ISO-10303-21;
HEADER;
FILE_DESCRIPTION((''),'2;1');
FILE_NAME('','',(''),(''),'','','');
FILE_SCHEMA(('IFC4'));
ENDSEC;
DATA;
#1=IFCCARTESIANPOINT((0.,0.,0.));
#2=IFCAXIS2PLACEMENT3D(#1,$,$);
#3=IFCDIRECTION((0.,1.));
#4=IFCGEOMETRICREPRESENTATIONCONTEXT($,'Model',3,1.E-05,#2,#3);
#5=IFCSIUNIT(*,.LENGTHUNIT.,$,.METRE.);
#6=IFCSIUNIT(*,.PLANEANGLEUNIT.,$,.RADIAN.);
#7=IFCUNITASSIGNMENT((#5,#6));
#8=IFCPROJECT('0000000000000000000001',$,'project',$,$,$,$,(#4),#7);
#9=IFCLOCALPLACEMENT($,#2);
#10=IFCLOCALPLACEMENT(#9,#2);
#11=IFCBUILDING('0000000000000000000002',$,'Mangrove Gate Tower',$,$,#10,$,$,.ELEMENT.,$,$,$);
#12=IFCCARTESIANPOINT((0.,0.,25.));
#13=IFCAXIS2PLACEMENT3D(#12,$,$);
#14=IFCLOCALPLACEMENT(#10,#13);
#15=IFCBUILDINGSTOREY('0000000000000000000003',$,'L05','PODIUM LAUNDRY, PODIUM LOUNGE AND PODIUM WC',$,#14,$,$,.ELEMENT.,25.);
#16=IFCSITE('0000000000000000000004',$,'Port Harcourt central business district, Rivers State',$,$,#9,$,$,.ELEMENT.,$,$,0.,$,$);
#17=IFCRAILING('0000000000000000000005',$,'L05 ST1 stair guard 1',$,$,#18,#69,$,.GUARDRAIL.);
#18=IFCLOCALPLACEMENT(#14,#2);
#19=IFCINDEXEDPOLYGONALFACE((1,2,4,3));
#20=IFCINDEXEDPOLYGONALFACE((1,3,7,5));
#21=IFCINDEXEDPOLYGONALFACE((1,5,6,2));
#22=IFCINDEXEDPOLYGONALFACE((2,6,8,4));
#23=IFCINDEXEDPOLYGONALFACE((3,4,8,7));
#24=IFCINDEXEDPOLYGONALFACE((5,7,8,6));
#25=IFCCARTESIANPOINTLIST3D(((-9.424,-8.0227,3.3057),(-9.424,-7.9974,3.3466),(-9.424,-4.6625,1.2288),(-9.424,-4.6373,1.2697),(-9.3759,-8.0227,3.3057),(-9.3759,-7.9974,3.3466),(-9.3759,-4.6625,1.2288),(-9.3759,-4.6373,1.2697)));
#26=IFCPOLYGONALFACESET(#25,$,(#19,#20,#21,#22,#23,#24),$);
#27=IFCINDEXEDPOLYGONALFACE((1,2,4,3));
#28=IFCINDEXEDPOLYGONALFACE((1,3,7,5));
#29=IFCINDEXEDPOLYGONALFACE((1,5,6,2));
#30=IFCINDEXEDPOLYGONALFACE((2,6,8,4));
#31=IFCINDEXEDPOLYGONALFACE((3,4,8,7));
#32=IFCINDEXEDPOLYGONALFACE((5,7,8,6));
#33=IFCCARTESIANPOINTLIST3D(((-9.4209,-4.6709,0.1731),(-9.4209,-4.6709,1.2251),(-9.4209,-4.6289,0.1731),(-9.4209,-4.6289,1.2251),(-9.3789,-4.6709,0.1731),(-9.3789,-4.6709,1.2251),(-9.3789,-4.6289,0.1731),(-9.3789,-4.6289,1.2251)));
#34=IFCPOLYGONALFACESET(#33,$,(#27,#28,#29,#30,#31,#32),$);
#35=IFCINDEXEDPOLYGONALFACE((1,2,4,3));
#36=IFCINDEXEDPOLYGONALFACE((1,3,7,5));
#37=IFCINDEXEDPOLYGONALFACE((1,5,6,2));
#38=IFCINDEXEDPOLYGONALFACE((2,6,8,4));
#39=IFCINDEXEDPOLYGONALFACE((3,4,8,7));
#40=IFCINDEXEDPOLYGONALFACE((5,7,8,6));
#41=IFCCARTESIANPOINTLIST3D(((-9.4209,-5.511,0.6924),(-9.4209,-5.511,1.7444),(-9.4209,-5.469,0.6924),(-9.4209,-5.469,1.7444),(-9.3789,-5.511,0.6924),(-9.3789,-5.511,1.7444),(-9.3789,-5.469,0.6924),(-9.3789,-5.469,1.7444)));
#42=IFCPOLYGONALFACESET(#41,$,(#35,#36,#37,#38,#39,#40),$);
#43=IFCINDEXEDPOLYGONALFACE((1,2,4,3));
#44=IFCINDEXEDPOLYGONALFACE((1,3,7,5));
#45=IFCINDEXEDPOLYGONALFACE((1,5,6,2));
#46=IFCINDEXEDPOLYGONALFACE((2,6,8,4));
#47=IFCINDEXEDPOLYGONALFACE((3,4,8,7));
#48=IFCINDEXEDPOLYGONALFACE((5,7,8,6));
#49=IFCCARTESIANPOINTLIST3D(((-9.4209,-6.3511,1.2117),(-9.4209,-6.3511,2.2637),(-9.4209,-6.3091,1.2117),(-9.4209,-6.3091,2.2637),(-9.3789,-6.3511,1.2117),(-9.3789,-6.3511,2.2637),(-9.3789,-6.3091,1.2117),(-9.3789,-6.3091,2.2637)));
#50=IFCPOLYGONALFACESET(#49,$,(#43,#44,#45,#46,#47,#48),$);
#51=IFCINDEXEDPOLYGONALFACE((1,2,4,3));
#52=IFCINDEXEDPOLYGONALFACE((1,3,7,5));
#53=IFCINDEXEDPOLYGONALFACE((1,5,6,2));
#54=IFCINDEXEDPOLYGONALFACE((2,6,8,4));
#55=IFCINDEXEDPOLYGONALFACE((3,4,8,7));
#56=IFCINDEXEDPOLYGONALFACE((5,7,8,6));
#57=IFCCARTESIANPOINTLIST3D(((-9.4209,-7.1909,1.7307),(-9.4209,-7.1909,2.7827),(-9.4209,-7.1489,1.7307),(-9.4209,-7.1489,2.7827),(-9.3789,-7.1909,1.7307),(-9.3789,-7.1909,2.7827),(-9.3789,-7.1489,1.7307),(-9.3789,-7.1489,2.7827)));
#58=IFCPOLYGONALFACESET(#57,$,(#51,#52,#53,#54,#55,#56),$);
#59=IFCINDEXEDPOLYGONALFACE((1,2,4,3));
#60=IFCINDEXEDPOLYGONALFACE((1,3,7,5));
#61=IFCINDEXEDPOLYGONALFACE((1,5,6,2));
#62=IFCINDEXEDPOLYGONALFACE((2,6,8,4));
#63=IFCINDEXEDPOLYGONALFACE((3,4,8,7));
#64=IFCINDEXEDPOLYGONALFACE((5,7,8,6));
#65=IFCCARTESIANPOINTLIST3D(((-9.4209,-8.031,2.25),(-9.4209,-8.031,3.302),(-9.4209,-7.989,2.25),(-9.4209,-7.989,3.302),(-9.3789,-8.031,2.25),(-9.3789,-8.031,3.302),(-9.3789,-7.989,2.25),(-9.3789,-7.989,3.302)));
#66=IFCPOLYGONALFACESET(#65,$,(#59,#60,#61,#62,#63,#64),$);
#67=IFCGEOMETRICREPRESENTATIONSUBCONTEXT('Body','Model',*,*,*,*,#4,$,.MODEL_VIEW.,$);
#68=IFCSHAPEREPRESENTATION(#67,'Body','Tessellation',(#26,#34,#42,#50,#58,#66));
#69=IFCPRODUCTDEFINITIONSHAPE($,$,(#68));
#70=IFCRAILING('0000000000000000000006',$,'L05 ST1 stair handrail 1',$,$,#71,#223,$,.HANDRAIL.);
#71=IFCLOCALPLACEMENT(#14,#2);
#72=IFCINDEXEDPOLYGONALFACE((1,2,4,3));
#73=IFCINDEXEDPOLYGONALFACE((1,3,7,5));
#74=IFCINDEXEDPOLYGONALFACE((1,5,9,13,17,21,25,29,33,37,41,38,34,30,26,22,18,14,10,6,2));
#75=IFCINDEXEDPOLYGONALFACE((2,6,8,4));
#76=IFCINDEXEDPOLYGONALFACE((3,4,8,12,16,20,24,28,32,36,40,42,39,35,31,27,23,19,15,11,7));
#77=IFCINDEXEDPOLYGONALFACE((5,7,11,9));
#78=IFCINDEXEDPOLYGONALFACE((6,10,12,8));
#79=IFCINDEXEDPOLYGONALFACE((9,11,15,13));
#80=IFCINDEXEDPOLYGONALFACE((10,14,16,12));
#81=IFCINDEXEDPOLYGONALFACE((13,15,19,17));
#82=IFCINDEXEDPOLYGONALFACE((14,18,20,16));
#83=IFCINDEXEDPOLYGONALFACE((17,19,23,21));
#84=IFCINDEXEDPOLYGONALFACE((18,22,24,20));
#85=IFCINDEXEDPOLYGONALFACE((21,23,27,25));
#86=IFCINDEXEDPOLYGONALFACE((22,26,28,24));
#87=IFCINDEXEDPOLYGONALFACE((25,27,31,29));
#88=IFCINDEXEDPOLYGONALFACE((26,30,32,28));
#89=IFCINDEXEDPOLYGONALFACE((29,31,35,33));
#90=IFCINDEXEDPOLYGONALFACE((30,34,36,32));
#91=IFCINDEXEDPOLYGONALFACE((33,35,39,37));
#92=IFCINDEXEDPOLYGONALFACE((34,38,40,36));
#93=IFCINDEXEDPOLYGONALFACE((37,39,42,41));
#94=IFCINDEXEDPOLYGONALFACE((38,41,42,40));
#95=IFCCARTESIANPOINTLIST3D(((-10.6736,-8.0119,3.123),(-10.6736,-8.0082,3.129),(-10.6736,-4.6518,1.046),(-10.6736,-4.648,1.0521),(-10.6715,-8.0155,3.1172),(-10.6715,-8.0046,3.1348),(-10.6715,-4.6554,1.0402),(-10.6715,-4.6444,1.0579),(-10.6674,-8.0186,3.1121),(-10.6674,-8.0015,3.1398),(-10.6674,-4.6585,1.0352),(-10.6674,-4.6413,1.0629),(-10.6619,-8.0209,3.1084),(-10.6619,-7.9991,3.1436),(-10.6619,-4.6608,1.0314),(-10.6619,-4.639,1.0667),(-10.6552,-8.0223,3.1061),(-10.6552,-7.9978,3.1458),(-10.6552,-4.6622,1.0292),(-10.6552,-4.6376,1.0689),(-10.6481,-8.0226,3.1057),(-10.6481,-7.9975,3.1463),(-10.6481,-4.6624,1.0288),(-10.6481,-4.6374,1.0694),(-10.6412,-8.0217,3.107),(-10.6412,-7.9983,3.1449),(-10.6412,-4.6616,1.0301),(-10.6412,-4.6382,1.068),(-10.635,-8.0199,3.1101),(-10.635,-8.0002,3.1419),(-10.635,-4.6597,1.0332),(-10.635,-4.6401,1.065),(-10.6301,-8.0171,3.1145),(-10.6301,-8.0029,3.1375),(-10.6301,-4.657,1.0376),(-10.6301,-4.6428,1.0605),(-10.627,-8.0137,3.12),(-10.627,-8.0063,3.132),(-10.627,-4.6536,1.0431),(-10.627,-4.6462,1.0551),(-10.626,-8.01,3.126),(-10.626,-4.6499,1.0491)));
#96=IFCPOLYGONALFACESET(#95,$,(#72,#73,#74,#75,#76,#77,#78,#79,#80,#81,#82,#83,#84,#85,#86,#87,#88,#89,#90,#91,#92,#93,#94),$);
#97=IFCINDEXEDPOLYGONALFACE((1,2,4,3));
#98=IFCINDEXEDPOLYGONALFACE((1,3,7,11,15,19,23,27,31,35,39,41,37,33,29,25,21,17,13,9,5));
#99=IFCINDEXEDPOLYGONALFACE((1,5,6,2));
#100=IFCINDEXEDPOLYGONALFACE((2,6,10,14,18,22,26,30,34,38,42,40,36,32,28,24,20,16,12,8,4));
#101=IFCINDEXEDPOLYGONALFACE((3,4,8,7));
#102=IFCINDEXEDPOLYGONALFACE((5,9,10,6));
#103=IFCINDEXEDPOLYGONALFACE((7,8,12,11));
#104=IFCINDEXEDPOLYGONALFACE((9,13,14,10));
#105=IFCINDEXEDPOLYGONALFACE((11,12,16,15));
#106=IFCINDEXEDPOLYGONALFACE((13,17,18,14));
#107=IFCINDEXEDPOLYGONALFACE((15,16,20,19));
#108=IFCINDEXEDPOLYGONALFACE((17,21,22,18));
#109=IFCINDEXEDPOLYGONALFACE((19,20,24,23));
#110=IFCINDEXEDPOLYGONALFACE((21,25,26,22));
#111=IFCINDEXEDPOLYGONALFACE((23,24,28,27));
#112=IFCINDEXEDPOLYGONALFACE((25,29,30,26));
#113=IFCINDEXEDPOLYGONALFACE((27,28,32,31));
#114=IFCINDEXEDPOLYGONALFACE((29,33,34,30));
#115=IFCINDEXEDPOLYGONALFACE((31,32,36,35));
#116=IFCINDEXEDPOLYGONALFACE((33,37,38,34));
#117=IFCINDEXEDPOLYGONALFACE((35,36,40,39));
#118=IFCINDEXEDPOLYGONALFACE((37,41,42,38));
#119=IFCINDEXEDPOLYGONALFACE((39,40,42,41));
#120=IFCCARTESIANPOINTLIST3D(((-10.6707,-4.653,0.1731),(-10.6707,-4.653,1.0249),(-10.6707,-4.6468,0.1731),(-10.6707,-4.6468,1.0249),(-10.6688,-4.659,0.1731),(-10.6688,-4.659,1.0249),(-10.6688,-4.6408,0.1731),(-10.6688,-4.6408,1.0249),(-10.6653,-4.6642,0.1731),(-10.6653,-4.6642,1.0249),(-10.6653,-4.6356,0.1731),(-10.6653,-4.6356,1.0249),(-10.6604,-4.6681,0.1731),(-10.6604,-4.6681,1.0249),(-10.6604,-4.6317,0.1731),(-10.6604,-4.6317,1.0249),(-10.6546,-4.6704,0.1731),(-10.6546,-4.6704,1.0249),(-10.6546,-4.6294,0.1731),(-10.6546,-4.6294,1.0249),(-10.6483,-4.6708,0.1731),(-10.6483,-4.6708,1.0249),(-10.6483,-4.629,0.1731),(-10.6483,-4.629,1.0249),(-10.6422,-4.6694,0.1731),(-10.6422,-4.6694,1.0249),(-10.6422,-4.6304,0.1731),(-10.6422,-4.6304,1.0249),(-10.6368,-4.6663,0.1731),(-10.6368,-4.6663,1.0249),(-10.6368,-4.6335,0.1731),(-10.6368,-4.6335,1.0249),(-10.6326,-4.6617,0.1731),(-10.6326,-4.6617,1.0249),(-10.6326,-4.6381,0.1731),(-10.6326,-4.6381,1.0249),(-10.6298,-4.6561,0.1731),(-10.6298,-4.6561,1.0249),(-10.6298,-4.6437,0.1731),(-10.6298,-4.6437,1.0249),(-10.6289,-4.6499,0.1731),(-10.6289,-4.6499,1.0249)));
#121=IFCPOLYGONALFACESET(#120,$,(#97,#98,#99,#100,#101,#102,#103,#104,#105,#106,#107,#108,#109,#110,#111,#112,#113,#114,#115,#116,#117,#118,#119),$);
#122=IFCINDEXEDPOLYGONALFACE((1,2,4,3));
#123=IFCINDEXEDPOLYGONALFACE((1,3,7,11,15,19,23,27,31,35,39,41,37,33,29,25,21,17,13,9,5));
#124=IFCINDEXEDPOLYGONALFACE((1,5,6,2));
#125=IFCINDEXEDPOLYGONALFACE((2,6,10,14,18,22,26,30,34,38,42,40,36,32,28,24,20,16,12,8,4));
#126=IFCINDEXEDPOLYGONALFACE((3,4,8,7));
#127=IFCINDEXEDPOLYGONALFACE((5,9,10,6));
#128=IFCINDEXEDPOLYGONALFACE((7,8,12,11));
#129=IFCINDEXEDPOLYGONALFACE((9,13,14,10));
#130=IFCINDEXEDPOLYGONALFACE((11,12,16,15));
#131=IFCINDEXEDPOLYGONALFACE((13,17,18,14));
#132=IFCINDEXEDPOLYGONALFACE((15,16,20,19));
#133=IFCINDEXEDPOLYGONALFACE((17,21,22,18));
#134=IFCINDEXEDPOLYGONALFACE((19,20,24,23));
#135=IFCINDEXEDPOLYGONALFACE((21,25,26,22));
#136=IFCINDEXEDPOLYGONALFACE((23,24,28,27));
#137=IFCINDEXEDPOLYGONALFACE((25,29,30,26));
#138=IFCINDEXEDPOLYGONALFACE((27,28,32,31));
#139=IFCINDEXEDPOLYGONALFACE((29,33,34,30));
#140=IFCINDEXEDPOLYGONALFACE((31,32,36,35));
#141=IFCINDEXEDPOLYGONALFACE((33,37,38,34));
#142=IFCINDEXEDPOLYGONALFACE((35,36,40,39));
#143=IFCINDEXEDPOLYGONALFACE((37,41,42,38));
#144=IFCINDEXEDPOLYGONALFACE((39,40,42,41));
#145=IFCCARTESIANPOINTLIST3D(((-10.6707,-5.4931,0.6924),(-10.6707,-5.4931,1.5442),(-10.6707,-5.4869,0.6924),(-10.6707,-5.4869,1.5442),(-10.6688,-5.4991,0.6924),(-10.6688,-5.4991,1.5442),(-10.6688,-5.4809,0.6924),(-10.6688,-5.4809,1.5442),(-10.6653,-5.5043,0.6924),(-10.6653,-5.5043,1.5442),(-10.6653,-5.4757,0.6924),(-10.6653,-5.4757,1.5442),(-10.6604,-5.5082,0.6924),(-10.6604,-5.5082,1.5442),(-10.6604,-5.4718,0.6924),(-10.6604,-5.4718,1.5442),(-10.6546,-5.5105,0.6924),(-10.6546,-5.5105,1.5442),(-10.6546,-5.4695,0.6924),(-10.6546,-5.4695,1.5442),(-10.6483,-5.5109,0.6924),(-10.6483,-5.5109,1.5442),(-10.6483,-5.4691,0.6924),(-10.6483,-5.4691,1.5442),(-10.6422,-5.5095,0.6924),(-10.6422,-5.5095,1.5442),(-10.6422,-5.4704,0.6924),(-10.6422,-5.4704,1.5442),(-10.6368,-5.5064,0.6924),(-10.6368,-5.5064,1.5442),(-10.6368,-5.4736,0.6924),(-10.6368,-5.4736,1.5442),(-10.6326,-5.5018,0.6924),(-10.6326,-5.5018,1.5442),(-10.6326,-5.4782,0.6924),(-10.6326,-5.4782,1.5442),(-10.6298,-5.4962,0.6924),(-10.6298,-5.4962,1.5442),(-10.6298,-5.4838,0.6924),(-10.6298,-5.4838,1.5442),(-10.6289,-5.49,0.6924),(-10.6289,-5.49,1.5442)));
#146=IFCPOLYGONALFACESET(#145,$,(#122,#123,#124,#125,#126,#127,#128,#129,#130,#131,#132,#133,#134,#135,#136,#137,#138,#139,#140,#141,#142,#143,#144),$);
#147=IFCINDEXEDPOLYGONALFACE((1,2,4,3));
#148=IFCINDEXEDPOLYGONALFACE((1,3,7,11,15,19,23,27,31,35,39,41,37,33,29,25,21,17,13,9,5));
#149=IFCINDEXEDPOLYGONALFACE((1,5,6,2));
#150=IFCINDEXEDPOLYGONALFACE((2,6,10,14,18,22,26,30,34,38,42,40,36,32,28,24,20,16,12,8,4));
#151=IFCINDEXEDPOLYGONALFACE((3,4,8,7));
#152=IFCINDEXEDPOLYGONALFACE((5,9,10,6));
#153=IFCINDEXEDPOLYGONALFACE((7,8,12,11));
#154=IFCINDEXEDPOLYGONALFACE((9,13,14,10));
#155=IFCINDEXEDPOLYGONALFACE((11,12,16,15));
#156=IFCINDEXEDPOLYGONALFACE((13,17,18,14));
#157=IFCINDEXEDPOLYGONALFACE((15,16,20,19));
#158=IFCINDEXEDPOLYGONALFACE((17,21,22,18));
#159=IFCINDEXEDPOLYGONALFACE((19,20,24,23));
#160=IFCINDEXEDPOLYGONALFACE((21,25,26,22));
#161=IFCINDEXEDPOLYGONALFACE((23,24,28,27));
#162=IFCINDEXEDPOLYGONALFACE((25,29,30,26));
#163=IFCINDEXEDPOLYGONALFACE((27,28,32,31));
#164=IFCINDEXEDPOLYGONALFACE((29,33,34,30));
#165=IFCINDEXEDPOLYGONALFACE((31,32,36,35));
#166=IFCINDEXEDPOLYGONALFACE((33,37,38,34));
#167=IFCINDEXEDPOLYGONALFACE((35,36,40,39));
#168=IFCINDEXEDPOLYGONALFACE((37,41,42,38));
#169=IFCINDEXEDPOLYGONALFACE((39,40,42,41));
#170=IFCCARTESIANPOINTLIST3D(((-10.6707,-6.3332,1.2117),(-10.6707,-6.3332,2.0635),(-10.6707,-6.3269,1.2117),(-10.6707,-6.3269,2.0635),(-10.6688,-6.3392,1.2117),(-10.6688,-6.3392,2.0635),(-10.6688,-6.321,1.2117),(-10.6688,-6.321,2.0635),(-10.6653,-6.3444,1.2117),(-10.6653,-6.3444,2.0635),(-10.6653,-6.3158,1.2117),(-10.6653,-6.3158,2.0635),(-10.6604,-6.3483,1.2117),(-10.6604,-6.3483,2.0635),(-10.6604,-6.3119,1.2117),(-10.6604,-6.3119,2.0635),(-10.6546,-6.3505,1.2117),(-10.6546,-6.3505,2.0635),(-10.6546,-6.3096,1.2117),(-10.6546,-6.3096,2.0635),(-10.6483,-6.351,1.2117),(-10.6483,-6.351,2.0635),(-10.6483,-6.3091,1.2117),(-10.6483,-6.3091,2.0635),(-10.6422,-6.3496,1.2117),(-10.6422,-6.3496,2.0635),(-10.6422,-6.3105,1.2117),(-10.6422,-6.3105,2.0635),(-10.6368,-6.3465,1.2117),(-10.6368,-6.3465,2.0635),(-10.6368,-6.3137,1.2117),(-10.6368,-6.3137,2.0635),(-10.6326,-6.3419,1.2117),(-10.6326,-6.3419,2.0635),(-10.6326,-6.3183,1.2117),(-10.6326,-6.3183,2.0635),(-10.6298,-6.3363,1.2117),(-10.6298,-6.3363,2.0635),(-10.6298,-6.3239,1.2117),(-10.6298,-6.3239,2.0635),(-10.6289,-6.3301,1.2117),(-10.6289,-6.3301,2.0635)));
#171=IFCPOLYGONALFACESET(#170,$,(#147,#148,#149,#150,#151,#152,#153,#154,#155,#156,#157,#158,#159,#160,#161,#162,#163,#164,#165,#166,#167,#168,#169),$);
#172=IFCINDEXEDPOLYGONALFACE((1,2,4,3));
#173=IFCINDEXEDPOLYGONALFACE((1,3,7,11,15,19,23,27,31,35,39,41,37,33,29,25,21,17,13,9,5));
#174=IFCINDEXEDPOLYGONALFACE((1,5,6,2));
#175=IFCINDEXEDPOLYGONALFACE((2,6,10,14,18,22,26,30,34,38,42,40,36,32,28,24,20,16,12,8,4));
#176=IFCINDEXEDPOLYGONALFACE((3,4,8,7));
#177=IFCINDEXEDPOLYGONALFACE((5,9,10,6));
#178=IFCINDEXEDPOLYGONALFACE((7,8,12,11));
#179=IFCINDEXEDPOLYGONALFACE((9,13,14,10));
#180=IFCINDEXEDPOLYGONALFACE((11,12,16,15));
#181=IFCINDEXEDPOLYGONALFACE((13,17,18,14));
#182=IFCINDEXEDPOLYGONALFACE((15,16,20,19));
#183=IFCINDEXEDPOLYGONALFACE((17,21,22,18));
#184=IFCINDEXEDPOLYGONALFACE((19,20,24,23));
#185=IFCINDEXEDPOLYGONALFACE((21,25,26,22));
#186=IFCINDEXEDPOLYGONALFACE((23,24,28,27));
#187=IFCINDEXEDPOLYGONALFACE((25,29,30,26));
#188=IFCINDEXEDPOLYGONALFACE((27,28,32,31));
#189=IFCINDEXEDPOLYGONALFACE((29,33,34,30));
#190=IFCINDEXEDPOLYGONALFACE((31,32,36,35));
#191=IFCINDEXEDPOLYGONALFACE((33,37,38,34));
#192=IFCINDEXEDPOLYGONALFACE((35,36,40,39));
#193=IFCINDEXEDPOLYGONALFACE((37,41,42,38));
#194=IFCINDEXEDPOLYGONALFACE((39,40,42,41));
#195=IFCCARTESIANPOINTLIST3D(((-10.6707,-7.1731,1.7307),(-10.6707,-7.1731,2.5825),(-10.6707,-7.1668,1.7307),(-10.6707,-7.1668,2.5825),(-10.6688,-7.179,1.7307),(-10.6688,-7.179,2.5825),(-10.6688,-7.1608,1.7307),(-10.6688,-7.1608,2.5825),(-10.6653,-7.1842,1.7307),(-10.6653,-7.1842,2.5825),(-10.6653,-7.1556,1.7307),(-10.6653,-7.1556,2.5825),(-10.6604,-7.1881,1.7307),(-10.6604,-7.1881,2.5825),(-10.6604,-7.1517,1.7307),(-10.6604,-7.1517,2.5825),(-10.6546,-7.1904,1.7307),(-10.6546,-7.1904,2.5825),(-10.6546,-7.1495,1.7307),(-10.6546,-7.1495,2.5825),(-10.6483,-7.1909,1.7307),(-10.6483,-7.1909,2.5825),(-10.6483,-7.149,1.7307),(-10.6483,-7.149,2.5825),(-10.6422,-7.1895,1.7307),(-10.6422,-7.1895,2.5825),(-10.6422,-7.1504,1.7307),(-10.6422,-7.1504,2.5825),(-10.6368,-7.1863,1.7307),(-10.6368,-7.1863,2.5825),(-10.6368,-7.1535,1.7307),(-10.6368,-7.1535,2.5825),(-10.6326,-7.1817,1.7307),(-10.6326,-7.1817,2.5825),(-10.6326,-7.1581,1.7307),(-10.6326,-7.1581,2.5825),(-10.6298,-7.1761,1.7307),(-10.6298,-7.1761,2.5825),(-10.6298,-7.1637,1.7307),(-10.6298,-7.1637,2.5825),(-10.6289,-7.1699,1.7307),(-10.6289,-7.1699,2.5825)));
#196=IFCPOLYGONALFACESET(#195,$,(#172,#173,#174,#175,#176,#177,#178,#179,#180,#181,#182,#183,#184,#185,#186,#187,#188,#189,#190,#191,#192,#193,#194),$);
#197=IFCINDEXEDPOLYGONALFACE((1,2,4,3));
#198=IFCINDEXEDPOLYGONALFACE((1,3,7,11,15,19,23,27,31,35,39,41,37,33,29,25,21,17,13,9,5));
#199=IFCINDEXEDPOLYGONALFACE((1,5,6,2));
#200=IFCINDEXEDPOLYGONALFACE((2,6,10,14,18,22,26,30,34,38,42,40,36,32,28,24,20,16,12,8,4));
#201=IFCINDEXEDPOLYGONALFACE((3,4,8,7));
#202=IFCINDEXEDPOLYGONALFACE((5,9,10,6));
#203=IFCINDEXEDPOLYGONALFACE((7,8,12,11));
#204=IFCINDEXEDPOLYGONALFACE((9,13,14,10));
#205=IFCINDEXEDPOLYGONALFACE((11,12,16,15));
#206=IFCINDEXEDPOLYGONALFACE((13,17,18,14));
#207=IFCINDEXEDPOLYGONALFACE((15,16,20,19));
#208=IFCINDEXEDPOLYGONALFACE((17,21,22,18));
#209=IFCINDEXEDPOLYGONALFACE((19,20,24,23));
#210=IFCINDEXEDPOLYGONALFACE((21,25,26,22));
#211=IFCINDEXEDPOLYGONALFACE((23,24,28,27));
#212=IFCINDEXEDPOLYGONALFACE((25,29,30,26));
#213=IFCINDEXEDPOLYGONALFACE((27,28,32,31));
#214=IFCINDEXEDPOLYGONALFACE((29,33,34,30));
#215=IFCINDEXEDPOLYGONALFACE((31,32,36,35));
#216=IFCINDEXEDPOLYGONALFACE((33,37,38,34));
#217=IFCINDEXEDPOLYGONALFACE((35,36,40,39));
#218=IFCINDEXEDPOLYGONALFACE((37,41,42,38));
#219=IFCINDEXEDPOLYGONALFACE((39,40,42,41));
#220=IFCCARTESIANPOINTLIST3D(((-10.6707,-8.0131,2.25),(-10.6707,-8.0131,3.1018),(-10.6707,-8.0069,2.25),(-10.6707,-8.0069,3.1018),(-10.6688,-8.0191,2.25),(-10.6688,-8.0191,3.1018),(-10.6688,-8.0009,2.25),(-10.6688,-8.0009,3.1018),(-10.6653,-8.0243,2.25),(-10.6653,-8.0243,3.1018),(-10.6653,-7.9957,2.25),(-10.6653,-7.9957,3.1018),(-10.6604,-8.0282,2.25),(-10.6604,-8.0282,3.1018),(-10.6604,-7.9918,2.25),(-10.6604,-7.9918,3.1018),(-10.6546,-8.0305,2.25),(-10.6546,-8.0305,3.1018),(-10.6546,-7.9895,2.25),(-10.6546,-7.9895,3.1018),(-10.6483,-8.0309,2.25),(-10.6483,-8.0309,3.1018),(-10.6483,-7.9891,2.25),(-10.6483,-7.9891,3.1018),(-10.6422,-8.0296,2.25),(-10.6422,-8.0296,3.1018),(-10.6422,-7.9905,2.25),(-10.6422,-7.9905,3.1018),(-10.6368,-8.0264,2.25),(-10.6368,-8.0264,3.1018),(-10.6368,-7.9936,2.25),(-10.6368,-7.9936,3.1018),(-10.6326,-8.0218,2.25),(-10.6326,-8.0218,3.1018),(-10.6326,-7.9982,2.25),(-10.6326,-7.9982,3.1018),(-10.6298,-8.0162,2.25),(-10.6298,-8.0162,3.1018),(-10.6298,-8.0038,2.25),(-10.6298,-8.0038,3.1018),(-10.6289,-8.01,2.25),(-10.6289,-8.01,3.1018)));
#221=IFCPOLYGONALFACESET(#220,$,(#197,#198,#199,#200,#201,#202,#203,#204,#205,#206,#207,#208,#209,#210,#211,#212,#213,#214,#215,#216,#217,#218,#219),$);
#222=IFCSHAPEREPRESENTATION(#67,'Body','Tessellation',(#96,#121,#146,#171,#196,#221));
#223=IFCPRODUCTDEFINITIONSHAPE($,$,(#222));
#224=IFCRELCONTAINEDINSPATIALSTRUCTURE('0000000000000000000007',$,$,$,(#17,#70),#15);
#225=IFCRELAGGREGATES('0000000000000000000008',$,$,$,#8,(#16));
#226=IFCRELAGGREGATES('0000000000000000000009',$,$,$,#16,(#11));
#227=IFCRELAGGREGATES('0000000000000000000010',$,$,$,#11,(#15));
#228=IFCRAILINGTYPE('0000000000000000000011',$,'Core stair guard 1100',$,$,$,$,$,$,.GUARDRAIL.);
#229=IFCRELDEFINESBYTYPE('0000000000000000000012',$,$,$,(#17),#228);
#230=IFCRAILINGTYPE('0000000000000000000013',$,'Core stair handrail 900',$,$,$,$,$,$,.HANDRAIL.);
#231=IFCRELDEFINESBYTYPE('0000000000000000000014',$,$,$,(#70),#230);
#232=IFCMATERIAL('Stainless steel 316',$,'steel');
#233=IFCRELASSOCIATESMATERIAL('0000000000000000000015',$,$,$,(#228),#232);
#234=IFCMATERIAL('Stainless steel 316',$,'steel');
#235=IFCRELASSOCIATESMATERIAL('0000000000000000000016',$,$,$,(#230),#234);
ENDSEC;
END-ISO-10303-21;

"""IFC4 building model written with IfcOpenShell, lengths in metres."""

from ifc_helpers import new_model, si_unit, direction, frame, origin, origin_2d, place, context, subcontext, project, spatial, rectangle, circle, extrude, material, type_object, element, save


model = new_model("IFC4")

# Units and contexts
model_context = context("Model", 3, precision=1e-05, world=origin(), true_north=direction((0.0, 1.0)))
body_context = subcontext(model_context, "Body", "Model", "MODEL_VIEW")
ifc_project = project(units=[si_unit("LENGTHUNIT", "METRE"), si_unit("PLANEANGLEUNIT", "RADIAN")], contexts=[model_context])

# Site, building, storey
site_placement = place(None, origin())
site = spatial("IfcSite", under=ifc_project, at=site_placement, Name="Port Harcourt central business district, Rivers State", CompositionType="ELEMENT", RefElevation=0.0)
building_placement = place(site_placement, origin())
building = spatial("IfcBuilding", under=site, at=building_placement, Name="Mangrove Gate Tower", CompositionType="ELEMENT")
storey_placement = place(building_placement, frame((0.0, 0.0, 25.0)))
storey = spatial("IfcBuildingStorey", under=building, at=storey_placement, Name="L05", Description="PODIUM LAUNDRY, PODIUM LOUNGE AND PODIUM WC", CompositionType="ELEMENT", Elevation=25.0)

# Railings
ifc_material_1 = material(Name="Stainless steel 316", Category="steel")
railing_type_1 = type_object("IfcRailingType", Name="Core stair guard 1100", PredefinedType="GUARDRAIL", material=ifc_material_1)
railing_1_placement = place(storey_placement, frame((-9.3999, -4.6499, 0.1731)))
element("IfcRailing", 1, at=railing_1_placement, inside=storey, type_object=railing_type_1, Name="L05 ST1 stair guard 1", PredefinedType="GUARDRAIL", context=body_context, shape_type="SweptSolid", body=[
    extrude(rectangle(XDim=0.0481, YDim=0.0481, at=origin_2d()), frame((0.0, 0.0, 1.0762), z_axis=(0.0, -0.850623, 0.525776), x_axis=(1.0, 0.0, 0.0)), (0.0, 0.0, 1.0), 3.9502),
    extrude(rectangle(XDim=0.042, YDim=0.042, at=origin_2d()), origin(), (0.0, 0.0, 1.0), 1.052),
    extrude(rectangle(XDim=0.042, YDim=0.042, at=origin_2d()), frame((0.0, -0.8401, 0.5193)), (0.0, 0.0, 1.0), 1.052),
    extrude(rectangle(XDim=0.042, YDim=0.042, at=origin_2d()), frame((0.0, -1.6802, 1.0386)), (0.0, 0.0, 1.0), 1.052),
    extrude(rectangle(XDim=0.042, YDim=0.042, at=origin_2d()), frame((0.0, -2.52, 1.5576)), (0.0, 0.0, 1.0), 1.052),
    extrude(rectangle(XDim=0.042, YDim=0.042, at=origin_2d()), frame((0.0, -3.3601, 2.0769)), (0.0, 0.0, 1.0), 1.052),
])
ifc_material_2 = material(Name="Stainless steel 316", Category="steel")
railing_type_2 = type_object("IfcRailingType", Name="Core stair handrail 900", PredefinedType="HANDRAIL", material=ifc_material_2)
railing_2_placement = place(storey_placement, frame((-10.6499, -4.6499, 0.1731)))
element("IfcRailing", 2, at=railing_2_placement, inside=storey, type_object=railing_type_2, Name="L05 ST1 stair handrail 1", PredefinedType="HANDRAIL", context=body_context, shape_type="SweptSolid", body=[
    extrude(circle(Radius=0.0239, at=origin_2d()), frame((0.0, 0.0, 0.876), z_axis=(0.0, -0.850623, 0.525776), x_axis=(1.0, 0.0, 0.0)), (0.0, 0.0, 1.0), 3.9502),
    extrude(circle(Radius=0.021, at=origin_2d()), origin(), (0.0, 0.0, 1.0), 0.8518),
    extrude(circle(Radius=0.021, at=origin_2d()), frame((0.0, -0.8401, 0.5193)), (0.0, 0.0, 1.0), 0.8518),
    extrude(circle(Radius=0.021, at=origin_2d()), frame((0.0, -1.6802, 1.0386)), (0.0, 0.0, 1.0), 0.8518),
    extrude(circle(Radius=0.021, at=origin_2d()), frame((0.0, -2.52, 1.5576)), (0.0, 0.0, 1.0), 0.8518),
    extrude(circle(Radius=0.021, at=origin_2d()), frame((0.0, -3.3601, 2.0769)), (0.0, 0.0, 1.0), 0.8518),
])

save(model, "model.ifc")
